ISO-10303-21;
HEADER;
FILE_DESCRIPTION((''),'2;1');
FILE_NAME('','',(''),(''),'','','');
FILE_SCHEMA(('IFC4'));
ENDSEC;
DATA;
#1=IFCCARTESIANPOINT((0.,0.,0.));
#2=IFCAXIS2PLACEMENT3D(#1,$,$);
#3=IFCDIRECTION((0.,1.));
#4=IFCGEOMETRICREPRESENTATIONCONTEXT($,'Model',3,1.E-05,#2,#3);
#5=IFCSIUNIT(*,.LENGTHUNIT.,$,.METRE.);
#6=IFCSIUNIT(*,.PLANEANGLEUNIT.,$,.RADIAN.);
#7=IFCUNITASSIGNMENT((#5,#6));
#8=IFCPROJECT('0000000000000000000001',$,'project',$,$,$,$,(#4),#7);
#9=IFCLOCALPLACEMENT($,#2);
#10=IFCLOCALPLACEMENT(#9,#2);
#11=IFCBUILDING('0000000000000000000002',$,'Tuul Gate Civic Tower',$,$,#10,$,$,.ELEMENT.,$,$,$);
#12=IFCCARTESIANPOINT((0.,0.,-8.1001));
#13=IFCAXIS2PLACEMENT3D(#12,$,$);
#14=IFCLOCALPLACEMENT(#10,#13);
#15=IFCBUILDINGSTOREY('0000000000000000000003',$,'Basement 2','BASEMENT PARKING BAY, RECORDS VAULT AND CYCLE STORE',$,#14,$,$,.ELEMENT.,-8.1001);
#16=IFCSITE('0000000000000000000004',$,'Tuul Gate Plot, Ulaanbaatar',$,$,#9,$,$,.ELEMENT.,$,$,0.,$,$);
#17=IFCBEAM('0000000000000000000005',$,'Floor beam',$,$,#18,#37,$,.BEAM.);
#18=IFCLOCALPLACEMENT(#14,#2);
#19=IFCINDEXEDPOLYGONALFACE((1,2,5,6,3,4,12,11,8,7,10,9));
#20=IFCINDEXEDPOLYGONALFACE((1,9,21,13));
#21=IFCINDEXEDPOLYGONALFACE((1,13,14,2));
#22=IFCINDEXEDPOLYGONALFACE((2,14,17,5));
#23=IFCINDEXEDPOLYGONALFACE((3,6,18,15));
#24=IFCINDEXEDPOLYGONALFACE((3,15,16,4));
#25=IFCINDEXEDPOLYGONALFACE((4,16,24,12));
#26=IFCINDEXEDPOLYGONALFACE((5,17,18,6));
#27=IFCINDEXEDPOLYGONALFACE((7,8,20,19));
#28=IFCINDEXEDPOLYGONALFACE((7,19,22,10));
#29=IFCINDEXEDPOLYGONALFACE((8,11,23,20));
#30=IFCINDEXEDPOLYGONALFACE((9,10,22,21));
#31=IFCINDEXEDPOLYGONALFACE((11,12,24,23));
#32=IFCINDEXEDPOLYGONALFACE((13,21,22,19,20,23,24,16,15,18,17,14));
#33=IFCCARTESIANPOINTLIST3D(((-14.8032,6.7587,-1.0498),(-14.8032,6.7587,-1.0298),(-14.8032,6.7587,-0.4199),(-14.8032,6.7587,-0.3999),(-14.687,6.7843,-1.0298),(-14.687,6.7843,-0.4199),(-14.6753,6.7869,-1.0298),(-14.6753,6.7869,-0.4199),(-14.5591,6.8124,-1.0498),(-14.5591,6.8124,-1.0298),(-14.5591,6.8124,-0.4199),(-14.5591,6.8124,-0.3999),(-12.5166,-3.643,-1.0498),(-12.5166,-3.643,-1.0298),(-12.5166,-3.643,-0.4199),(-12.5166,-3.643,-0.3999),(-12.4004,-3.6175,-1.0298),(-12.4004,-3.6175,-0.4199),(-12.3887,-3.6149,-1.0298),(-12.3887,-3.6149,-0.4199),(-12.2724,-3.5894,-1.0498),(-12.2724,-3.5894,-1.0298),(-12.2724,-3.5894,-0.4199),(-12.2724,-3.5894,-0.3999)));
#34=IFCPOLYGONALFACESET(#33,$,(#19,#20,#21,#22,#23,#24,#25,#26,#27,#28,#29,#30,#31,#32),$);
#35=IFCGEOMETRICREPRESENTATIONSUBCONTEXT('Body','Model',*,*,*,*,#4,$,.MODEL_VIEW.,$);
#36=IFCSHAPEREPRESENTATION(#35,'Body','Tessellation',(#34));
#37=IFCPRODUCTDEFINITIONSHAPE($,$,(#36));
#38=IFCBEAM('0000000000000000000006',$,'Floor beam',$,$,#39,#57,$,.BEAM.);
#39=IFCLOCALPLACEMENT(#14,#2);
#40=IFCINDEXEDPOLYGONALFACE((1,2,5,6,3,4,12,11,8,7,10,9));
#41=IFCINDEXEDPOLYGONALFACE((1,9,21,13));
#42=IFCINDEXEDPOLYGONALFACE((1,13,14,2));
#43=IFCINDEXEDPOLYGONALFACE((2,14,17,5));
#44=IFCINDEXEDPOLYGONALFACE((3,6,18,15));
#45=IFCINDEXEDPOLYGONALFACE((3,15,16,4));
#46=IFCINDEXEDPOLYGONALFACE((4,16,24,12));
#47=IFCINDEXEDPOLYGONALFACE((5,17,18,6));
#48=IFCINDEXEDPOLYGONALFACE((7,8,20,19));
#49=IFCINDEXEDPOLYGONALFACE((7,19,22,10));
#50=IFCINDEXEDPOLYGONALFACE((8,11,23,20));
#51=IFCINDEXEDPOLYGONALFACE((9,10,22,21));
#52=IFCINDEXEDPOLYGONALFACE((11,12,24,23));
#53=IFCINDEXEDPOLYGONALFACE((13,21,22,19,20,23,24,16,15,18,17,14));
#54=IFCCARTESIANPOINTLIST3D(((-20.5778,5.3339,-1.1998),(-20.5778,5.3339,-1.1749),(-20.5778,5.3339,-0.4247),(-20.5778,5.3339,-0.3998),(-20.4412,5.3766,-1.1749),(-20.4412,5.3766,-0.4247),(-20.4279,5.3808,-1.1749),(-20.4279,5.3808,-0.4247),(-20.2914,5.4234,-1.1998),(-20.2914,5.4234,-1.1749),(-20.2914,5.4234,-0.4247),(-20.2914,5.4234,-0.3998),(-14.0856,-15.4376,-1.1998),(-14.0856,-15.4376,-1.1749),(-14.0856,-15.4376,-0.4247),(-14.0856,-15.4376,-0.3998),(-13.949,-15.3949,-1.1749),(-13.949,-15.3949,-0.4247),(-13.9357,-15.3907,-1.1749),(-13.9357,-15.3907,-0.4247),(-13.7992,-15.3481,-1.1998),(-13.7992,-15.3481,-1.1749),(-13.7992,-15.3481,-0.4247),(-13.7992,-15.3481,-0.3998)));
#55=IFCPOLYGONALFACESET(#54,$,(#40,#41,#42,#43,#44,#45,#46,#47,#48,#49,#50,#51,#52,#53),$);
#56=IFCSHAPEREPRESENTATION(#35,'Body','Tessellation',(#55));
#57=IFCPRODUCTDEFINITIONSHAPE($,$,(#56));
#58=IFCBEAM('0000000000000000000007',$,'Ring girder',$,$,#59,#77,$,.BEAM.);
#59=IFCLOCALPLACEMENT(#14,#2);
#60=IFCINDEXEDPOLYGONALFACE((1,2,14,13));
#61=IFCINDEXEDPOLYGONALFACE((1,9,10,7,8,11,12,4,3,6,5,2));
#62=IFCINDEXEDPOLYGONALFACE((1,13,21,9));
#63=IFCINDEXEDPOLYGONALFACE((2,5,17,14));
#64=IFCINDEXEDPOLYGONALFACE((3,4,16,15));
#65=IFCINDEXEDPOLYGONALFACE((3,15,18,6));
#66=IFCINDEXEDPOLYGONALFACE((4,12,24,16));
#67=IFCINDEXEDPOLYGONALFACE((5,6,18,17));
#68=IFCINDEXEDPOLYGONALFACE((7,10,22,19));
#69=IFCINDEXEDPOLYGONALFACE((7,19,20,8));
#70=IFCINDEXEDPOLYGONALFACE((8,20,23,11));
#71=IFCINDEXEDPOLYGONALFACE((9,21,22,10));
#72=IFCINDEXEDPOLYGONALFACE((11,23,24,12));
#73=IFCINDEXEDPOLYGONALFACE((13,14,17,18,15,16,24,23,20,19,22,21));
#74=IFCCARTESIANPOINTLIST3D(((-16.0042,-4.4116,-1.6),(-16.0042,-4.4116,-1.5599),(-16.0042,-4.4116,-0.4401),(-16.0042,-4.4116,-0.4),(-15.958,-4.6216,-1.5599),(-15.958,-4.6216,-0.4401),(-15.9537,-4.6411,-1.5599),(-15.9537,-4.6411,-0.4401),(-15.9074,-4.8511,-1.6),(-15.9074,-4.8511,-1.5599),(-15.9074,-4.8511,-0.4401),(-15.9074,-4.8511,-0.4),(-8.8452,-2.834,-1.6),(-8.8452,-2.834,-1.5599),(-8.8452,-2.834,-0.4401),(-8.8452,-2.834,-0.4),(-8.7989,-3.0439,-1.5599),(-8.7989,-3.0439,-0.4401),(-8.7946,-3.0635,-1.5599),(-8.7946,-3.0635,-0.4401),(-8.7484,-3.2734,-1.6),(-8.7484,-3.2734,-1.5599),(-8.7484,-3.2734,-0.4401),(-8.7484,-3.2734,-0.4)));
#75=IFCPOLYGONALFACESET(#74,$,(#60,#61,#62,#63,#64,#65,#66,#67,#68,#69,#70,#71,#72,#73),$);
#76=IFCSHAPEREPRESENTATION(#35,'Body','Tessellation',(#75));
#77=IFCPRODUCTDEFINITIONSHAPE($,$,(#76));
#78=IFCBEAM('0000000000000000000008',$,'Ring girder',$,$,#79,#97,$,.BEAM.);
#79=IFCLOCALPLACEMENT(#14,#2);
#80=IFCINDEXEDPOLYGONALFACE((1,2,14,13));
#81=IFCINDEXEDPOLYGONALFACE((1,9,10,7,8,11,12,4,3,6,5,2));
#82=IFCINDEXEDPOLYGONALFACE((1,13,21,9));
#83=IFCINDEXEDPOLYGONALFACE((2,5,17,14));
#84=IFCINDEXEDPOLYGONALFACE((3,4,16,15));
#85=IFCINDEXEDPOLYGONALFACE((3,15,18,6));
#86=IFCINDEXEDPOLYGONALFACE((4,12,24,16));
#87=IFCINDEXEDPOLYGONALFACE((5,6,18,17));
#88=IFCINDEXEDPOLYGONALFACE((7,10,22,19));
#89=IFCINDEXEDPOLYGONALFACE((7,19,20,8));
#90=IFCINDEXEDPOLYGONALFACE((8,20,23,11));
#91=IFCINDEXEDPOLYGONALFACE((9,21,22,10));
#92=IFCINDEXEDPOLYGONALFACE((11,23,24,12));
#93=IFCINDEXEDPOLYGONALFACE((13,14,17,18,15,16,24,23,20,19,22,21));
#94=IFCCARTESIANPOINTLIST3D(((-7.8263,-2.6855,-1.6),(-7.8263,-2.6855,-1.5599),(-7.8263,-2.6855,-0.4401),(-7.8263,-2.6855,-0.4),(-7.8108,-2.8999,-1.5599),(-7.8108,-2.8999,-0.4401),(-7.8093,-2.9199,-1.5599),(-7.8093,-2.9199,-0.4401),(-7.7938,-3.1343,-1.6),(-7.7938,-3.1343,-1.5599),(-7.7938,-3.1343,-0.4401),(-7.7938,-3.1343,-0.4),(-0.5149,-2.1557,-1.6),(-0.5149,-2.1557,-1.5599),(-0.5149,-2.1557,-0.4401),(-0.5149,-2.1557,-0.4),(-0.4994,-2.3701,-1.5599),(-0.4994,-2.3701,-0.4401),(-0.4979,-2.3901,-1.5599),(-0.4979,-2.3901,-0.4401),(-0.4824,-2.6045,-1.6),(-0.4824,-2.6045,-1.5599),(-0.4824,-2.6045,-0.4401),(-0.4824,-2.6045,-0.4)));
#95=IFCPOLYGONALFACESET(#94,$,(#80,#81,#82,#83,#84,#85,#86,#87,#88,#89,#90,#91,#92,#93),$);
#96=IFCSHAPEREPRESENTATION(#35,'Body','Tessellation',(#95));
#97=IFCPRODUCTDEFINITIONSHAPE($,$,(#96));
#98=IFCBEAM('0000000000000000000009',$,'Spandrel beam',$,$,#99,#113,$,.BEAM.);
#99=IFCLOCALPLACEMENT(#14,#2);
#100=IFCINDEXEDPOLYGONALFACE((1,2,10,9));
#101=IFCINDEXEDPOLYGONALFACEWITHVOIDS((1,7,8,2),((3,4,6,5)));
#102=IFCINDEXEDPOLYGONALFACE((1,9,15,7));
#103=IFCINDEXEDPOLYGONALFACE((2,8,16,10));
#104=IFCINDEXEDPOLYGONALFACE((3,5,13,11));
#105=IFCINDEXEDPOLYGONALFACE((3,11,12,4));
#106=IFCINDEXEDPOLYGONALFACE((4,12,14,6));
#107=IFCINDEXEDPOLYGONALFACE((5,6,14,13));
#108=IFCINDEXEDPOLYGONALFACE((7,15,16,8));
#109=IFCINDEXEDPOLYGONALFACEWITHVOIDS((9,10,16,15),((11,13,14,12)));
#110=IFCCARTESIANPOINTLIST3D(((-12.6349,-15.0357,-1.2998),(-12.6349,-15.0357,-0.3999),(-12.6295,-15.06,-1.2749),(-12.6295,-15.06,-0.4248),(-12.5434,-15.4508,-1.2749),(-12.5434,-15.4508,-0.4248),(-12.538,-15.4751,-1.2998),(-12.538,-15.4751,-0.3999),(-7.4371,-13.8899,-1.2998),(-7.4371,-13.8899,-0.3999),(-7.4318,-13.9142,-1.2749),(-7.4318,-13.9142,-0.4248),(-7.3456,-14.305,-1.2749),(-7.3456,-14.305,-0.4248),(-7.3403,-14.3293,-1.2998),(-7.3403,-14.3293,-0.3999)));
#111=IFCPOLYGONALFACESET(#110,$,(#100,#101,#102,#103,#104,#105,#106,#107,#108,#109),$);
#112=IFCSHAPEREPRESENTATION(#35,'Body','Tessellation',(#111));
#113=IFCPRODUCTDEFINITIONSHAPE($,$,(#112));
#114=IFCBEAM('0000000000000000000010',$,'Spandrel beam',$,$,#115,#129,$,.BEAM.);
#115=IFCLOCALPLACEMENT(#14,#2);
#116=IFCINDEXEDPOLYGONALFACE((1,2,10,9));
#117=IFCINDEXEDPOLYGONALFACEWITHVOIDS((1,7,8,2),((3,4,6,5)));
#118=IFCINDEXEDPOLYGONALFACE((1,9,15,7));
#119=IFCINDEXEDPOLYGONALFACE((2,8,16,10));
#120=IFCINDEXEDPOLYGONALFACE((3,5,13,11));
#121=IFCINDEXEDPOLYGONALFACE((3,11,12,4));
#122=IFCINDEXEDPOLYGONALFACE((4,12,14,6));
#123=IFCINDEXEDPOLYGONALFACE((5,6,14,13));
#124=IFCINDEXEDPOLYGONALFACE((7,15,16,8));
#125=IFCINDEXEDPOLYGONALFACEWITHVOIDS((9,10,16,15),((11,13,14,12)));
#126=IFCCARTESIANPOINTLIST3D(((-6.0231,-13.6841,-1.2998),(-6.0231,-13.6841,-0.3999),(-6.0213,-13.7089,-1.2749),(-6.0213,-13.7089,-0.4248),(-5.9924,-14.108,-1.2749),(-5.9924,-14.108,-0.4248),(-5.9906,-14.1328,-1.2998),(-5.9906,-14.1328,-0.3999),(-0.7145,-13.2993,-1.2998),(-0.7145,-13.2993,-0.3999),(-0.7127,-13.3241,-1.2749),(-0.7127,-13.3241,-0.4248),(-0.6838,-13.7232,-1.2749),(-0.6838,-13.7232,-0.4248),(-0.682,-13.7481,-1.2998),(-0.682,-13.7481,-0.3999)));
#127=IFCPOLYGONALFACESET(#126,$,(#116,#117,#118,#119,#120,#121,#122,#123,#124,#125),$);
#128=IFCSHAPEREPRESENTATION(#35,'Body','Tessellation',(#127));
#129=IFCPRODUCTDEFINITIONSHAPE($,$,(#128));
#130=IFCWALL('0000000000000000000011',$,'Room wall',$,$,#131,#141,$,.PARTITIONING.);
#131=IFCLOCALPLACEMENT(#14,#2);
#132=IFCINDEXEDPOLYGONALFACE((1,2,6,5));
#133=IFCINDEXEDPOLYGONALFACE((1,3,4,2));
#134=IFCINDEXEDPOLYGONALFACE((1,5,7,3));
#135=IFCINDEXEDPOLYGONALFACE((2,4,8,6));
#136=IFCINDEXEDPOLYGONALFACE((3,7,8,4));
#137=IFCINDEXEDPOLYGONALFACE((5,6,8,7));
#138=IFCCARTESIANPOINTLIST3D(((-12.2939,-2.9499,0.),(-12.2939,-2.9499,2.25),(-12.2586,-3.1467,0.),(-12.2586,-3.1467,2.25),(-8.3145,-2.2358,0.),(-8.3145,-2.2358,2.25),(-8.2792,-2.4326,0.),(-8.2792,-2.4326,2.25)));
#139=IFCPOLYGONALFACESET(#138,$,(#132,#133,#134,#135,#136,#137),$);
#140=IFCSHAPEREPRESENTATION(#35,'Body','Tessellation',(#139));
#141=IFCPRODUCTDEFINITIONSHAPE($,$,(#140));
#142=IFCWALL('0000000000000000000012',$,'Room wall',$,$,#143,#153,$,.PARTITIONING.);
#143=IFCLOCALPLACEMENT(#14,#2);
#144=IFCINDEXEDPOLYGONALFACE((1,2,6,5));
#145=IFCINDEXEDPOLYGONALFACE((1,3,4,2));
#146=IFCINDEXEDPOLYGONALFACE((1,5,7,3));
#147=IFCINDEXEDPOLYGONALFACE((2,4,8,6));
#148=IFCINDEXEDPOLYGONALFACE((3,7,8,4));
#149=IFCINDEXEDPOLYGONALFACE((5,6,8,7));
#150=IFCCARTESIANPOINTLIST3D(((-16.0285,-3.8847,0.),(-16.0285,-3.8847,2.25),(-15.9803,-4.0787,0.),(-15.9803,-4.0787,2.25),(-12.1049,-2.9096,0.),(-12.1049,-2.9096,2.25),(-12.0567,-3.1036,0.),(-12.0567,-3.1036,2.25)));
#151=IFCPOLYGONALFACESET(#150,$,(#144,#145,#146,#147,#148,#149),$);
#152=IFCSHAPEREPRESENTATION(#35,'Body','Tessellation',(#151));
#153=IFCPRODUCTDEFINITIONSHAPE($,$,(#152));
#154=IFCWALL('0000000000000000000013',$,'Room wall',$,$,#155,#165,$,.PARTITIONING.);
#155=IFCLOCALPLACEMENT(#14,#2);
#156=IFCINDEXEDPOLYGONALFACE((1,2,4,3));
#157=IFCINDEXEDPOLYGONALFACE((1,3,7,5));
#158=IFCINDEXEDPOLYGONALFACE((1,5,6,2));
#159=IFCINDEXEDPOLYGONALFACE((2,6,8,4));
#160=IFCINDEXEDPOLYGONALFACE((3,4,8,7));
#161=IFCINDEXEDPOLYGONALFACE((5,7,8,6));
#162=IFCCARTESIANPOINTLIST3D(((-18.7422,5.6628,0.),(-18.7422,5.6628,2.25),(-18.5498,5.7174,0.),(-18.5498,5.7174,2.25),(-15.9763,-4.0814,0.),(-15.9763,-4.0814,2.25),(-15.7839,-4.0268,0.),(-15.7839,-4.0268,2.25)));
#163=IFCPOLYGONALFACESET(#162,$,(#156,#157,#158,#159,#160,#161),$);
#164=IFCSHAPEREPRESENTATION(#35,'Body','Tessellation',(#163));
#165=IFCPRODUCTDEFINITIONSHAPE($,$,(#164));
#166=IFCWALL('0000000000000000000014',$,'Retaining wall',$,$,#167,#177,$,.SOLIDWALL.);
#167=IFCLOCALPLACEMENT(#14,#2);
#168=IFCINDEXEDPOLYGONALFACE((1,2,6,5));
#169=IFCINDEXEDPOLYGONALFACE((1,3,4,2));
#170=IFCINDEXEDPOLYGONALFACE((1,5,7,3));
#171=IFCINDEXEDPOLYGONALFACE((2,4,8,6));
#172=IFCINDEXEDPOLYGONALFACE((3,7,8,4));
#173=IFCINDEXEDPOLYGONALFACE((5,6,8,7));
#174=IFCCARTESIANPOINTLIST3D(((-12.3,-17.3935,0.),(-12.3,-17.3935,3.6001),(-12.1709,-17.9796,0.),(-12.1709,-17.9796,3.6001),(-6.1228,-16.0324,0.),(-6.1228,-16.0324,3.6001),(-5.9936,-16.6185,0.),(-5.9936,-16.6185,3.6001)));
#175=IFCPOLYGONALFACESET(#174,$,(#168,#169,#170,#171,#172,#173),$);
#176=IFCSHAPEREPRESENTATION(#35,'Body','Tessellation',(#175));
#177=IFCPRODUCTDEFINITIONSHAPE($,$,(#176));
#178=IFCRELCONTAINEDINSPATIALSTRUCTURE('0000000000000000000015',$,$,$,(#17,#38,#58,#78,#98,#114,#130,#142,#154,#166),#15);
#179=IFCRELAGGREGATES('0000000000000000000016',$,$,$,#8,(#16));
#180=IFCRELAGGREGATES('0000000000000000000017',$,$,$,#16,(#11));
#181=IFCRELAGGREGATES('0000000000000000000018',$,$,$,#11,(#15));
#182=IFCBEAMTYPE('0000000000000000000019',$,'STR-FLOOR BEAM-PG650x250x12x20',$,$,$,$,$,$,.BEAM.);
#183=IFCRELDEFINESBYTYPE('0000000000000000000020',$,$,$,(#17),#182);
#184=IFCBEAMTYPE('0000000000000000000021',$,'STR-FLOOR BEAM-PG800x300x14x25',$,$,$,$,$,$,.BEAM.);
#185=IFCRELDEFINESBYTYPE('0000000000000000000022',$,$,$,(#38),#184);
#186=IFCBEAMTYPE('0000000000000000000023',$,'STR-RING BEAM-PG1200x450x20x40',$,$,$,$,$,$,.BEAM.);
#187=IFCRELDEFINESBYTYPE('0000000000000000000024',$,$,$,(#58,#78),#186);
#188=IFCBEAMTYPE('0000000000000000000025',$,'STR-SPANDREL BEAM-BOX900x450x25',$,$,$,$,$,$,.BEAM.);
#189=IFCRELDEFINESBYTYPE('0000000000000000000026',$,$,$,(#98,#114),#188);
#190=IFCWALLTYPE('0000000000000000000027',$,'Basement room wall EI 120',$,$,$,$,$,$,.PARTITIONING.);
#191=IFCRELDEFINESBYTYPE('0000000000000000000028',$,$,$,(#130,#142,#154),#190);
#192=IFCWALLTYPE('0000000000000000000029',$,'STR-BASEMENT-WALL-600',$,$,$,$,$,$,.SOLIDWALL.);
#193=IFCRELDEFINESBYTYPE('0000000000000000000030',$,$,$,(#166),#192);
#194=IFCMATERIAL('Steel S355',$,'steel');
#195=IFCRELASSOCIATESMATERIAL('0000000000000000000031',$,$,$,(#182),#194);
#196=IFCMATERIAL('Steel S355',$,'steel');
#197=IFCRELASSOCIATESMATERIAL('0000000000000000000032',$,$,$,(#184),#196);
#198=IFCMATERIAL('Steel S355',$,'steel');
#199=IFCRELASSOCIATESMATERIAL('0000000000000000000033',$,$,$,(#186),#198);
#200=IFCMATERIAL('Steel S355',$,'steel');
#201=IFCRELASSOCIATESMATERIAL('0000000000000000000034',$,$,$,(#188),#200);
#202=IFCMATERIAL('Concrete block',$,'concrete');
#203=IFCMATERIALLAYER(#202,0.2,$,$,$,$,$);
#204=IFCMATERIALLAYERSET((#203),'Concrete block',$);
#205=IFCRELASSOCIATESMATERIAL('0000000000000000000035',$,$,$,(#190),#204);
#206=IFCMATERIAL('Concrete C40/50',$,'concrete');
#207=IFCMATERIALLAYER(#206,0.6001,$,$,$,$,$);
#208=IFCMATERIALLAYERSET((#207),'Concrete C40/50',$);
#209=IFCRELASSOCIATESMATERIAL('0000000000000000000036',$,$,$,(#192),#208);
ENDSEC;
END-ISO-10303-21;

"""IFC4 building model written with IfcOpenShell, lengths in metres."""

from ifc_helpers import new_model, si_unit, direction, frame, frame_2d, origin, origin_2d, place, context, subcontext, project, spatial, rectangle, hollow_rectangle, i_section, extrude, material, layer, layer_set, material_profile, profile_set, type_object, element, save


model = new_model("IFC4")

# Units and contexts
model_context = context("Model", 3, precision=1e-05, world=origin(), true_north=direction((0.0, 1.0)))
body_context = subcontext(model_context, "Body", "Model", "MODEL_VIEW")
ifc_project = project(units=[si_unit("LENGTHUNIT", "METRE"), si_unit("PLANEANGLEUNIT", "RADIAN")], contexts=[model_context])

# Site, building, storey
site_placement = place(None, origin())
site = spatial("IfcSite", under=ifc_project, at=site_placement, Name="Tuul Gate Plot, Ulaanbaatar", CompositionType="ELEMENT", RefElevation=0.0)
building_placement = place(site_placement, origin())
building = spatial("IfcBuilding", under=site, at=building_placement, Name="Tuul Gate Civic Tower", CompositionType="ELEMENT")
storey_placement = place(building_placement, frame((0.0, 0.0, -8.1001)))
storey = spatial("IfcBuildingStorey", under=building, at=storey_placement, Name="Basement 2", Description="BASEMENT PARKING BAY, RECORDS VAULT AND CYCLE STORE", CompositionType="ELEMENT", Elevation=-8.1001)

# Beams
ifc_material_1 = material(Name="Steel S355", Category="steel")
ifc_material_profile_1 = material_profile(ifc_material_1, i_section(OverallWidth=0.25, OverallDepth=0.6499, WebThickness=0.012, FlangeThickness=0.02, at=origin_2d()), Name="PG650x250x12x20")
ifc_profile_set_1 = profile_set([ifc_material_profile_1], Name="Steel S355")
beam_type_1 = type_object("IfcBeamType", Name="STR-FLOOR BEAM-PG650x250x12x20", PredefinedType="BEAM", material=ifc_profile_set_1)
beam_1_placement = place(storey_placement, frame((-12.3945, -3.6162, -0.7249), z_axis=(-0.214702, 0.97668, 0.0), x_axis=(-0.97668, -0.214702, 0.0)))
element("IfcBeam", 1, at=beam_1_placement, inside=storey, type_object=beam_type_1, Name="Floor beam", PredefinedType="BEAM", context=body_context, shape_type="SweptSolid", body=[
    extrude(i_section(OverallWidth=0.25, OverallDepth=0.6499, WebThickness=0.012, FlangeThickness=0.02, at=origin_2d()), origin(), (0.0, 0.0, 1.0), 10.6501),
])
ifc_material_2 = material(Name="Steel S355", Category="steel")
ifc_material_profile_2 = material_profile(ifc_material_2, i_section(OverallWidth=0.3, OverallDepth=0.8, WebThickness=0.0139, FlangeThickness=0.0249, at=origin_2d()), Name="PG800x300x14x25")
ifc_profile_set_2 = profile_set([ifc_material_profile_2], Name="Steel S355")
beam_type_2 = type_object("IfcBeamType", Name="STR-FLOOR BEAM-PG800x300x14x25", PredefinedType="BEAM", material=ifc_profile_set_2)
beam_2_placement = place(storey_placement, frame((-13.9424, -15.3928, -0.7998), z_axis=(-0.298321, 0.954466, 0.0), x_axis=(-0.954466, -0.298321, 0.0)))
element("IfcBeam", 2, at=beam_2_placement, inside=storey, type_object=beam_type_2, Name="Floor beam", PredefinedType="BEAM", context=body_context, shape_type="SweptSolid", body=[
    extrude(i_section(OverallWidth=0.3, OverallDepth=0.8, WebThickness=0.0139, FlangeThickness=0.0249, at=origin_2d()), origin(), (0.0, 0.0, 1.0), 21.7625),
])
ifc_material_3 = material(Name="Steel S355", Category="steel")
ifc_material_profile_3 = material_profile(ifc_material_3, i_section(OverallWidth=0.45, OverallDepth=1.2, WebThickness=0.02, FlangeThickness=0.04, at=origin_2d()), Name="PG1200x450x20x40")
ifc_profile_set_3 = profile_set([ifc_material_profile_3], Name="Steel S355")
beam_type_3 = type_object("IfcBeamType", Name="STR-RING BEAM-PG1200x450x20x40", PredefinedType="BEAM", material=ifc_profile_set_3)
beam_3_placement = place(storey_placement, frame((-15.9558, -4.6313, -1.0), z_axis=(0.976568, 0.215209, 0.0), x_axis=(-0.215209, 0.976568, 0.0)))
element("IfcBeam", 3, at=beam_3_placement, inside=storey, type_object=beam_type_3, Name="Ring girder", PredefinedType="BEAM", context=body_context, shape_type="SweptSolid", body=[
    extrude(i_section(OverallWidth=0.45, OverallDepth=1.2, WebThickness=0.02, FlangeThickness=0.04, at=origin_2d()), origin(), (0.0, 0.0, 1.0), 7.3308),
])
beam_4_placement = place(storey_placement, frame((-7.8101, -2.9099, -1.0), z_axis=(0.997385, 0.072272, 0.0), x_axis=(-0.072272, 0.997385, 0.0)))
element("IfcBeam", 4, at=beam_4_placement, inside=storey, type_object=beam_type_3, Name="Ring girder", PredefinedType="BEAM", context=body_context, shape_type="SweptSolid", body=[
    extrude(i_section(OverallWidth=0.45, OverallDepth=1.2, WebThickness=0.02, FlangeThickness=0.04, at=origin_2d()), origin(), (0.0, 0.0, 1.0), 7.3306),
])
ifc_material_4 = material(Name="Steel S355", Category="steel")
ifc_material_profile_4 = material_profile(ifc_material_4, hollow_rectangle(XDim=0.45, YDim=0.8999, WallThickness=0.0249, at=origin_2d()), Name="BOX900x450x25")
ifc_profile_set_4 = profile_set([ifc_material_profile_4], Name="Steel S355")
beam_type_4 = type_object("IfcBeamType", Name="STR-SPANDREL BEAM-BOX900x450x25", PredefinedType="BEAM", material=ifc_profile_set_4)
for number, where, z_axis, x_axis, name in (
    (5, (-12.5864, -15.2554, -0.8499), (0.976556, 0.215264, 0.0), (-0.215264, 0.976556, 0.0), "Spandrel beam"),
    (6, (-6.0068, -13.9084, -0.8499), (0.997384, 0.07229, 0.0), (-0.07229, 0.997384, 0.0), "Spandrel beam"),
):
    element("IfcBeam", number, at=place(storey_placement, frame(where, z_axis=z_axis, x_axis=x_axis)), inside=storey, type_object=beam_type_4, Name=name, PredefinedType="BEAM", context=body_context, shape_type="SweptSolid", body=[
        extrude(hollow_rectangle(XDim=0.45, YDim=0.8999, WallThickness=0.0249, at=origin_2d()), origin(), (0.0, 0.0, 1.0), 5.3225),
    ])

# Walls
ifc_material_5 = material(Name="Concrete block", Category="concrete")
ifc_layer_1 = layer(ifc_material_5, 0.2)
ifc_layer_set_1 = layer_set([ifc_layer_1], Name="Concrete block")
wall_type_1 = type_object("IfcWallType", Name="Basement room wall EI 120", PredefinedType="PARTITIONING", material=ifc_layer_set_1)
for number, where, z_axis, x_axis, name in (
    (7, (-8.2969, -2.3342, 0.0), (0.0, 0.0, 1.0), (-0.984278, -0.176627, 0.0), "Room wall"),
    (8, (-12.0808, -3.0066, 0.0), (0.0, 0.0, 1.0), (-0.970479, -0.241186, 0.0), "Room wall"),
):
    element("IfcWall", number, at=place(storey_placement, frame(where, z_axis=z_axis, x_axis=x_axis)), inside=storey, type_object=wall_type_1, Name=name, PredefinedType="PARTITIONING", context=body_context, shape_type="SweptSolid", body=[
        extrude(rectangle(XDim=4.043, YDim=0.2, at=frame_2d((2.0215, 0.0))), origin(), (0.0, 0.0, 1.0), 2.25),
    ])
wall_1_placement = place(storey_placement, frame((-15.8801, -4.054, 0.0), z_axis=(0.0, 0.0, 1.0), x_axis=(-0.273062, 0.961996, 0.0)))
element("IfcWall", 9, at=wall_1_placement, inside=storey, type_object=wall_type_1, Name="Room wall", PredefinedType="PARTITIONING", context=body_context, shape_type="SweptSolid", body=[
    extrude(rectangle(XDim=10.1292, YDim=0.2, at=frame_2d((5.0645, 0.0))), origin(), (0.0, 0.0, 1.0), 2.25),
])
ifc_material_6 = material(Name="Concrete C40/50", Category="concrete")
ifc_layer_2 = layer(ifc_material_6, 0.6001)
ifc_layer_set_2 = layer_set([ifc_layer_2], Name="Concrete C40/50")
wall_type_2 = type_object("IfcWallType", Name="STR-BASEMENT-WALL-600", PredefinedType="SOLIDWALL", material=ifc_layer_set_2)
wall_2_placement = place(storey_placement, frame((-12.2354, -17.6865, 0.0), z_axis=(0.0, 0.0, 1.0), x_axis=(0.976575, 0.215177, 0.0)))
element("IfcWall", 10, at=wall_2_placement, inside=storey, type_object=wall_type_2, Name="Retaining wall", PredefinedType="SOLIDWALL", context=body_context, shape_type="SweptSolid", body=[
    extrude(rectangle(XDim=6.3254, YDim=0.6001, at=frame_2d((3.1626, 0.0))), origin(), (0.0, 0.0, 1.0), 3.6001),
])

save(model, "model.ifc")
